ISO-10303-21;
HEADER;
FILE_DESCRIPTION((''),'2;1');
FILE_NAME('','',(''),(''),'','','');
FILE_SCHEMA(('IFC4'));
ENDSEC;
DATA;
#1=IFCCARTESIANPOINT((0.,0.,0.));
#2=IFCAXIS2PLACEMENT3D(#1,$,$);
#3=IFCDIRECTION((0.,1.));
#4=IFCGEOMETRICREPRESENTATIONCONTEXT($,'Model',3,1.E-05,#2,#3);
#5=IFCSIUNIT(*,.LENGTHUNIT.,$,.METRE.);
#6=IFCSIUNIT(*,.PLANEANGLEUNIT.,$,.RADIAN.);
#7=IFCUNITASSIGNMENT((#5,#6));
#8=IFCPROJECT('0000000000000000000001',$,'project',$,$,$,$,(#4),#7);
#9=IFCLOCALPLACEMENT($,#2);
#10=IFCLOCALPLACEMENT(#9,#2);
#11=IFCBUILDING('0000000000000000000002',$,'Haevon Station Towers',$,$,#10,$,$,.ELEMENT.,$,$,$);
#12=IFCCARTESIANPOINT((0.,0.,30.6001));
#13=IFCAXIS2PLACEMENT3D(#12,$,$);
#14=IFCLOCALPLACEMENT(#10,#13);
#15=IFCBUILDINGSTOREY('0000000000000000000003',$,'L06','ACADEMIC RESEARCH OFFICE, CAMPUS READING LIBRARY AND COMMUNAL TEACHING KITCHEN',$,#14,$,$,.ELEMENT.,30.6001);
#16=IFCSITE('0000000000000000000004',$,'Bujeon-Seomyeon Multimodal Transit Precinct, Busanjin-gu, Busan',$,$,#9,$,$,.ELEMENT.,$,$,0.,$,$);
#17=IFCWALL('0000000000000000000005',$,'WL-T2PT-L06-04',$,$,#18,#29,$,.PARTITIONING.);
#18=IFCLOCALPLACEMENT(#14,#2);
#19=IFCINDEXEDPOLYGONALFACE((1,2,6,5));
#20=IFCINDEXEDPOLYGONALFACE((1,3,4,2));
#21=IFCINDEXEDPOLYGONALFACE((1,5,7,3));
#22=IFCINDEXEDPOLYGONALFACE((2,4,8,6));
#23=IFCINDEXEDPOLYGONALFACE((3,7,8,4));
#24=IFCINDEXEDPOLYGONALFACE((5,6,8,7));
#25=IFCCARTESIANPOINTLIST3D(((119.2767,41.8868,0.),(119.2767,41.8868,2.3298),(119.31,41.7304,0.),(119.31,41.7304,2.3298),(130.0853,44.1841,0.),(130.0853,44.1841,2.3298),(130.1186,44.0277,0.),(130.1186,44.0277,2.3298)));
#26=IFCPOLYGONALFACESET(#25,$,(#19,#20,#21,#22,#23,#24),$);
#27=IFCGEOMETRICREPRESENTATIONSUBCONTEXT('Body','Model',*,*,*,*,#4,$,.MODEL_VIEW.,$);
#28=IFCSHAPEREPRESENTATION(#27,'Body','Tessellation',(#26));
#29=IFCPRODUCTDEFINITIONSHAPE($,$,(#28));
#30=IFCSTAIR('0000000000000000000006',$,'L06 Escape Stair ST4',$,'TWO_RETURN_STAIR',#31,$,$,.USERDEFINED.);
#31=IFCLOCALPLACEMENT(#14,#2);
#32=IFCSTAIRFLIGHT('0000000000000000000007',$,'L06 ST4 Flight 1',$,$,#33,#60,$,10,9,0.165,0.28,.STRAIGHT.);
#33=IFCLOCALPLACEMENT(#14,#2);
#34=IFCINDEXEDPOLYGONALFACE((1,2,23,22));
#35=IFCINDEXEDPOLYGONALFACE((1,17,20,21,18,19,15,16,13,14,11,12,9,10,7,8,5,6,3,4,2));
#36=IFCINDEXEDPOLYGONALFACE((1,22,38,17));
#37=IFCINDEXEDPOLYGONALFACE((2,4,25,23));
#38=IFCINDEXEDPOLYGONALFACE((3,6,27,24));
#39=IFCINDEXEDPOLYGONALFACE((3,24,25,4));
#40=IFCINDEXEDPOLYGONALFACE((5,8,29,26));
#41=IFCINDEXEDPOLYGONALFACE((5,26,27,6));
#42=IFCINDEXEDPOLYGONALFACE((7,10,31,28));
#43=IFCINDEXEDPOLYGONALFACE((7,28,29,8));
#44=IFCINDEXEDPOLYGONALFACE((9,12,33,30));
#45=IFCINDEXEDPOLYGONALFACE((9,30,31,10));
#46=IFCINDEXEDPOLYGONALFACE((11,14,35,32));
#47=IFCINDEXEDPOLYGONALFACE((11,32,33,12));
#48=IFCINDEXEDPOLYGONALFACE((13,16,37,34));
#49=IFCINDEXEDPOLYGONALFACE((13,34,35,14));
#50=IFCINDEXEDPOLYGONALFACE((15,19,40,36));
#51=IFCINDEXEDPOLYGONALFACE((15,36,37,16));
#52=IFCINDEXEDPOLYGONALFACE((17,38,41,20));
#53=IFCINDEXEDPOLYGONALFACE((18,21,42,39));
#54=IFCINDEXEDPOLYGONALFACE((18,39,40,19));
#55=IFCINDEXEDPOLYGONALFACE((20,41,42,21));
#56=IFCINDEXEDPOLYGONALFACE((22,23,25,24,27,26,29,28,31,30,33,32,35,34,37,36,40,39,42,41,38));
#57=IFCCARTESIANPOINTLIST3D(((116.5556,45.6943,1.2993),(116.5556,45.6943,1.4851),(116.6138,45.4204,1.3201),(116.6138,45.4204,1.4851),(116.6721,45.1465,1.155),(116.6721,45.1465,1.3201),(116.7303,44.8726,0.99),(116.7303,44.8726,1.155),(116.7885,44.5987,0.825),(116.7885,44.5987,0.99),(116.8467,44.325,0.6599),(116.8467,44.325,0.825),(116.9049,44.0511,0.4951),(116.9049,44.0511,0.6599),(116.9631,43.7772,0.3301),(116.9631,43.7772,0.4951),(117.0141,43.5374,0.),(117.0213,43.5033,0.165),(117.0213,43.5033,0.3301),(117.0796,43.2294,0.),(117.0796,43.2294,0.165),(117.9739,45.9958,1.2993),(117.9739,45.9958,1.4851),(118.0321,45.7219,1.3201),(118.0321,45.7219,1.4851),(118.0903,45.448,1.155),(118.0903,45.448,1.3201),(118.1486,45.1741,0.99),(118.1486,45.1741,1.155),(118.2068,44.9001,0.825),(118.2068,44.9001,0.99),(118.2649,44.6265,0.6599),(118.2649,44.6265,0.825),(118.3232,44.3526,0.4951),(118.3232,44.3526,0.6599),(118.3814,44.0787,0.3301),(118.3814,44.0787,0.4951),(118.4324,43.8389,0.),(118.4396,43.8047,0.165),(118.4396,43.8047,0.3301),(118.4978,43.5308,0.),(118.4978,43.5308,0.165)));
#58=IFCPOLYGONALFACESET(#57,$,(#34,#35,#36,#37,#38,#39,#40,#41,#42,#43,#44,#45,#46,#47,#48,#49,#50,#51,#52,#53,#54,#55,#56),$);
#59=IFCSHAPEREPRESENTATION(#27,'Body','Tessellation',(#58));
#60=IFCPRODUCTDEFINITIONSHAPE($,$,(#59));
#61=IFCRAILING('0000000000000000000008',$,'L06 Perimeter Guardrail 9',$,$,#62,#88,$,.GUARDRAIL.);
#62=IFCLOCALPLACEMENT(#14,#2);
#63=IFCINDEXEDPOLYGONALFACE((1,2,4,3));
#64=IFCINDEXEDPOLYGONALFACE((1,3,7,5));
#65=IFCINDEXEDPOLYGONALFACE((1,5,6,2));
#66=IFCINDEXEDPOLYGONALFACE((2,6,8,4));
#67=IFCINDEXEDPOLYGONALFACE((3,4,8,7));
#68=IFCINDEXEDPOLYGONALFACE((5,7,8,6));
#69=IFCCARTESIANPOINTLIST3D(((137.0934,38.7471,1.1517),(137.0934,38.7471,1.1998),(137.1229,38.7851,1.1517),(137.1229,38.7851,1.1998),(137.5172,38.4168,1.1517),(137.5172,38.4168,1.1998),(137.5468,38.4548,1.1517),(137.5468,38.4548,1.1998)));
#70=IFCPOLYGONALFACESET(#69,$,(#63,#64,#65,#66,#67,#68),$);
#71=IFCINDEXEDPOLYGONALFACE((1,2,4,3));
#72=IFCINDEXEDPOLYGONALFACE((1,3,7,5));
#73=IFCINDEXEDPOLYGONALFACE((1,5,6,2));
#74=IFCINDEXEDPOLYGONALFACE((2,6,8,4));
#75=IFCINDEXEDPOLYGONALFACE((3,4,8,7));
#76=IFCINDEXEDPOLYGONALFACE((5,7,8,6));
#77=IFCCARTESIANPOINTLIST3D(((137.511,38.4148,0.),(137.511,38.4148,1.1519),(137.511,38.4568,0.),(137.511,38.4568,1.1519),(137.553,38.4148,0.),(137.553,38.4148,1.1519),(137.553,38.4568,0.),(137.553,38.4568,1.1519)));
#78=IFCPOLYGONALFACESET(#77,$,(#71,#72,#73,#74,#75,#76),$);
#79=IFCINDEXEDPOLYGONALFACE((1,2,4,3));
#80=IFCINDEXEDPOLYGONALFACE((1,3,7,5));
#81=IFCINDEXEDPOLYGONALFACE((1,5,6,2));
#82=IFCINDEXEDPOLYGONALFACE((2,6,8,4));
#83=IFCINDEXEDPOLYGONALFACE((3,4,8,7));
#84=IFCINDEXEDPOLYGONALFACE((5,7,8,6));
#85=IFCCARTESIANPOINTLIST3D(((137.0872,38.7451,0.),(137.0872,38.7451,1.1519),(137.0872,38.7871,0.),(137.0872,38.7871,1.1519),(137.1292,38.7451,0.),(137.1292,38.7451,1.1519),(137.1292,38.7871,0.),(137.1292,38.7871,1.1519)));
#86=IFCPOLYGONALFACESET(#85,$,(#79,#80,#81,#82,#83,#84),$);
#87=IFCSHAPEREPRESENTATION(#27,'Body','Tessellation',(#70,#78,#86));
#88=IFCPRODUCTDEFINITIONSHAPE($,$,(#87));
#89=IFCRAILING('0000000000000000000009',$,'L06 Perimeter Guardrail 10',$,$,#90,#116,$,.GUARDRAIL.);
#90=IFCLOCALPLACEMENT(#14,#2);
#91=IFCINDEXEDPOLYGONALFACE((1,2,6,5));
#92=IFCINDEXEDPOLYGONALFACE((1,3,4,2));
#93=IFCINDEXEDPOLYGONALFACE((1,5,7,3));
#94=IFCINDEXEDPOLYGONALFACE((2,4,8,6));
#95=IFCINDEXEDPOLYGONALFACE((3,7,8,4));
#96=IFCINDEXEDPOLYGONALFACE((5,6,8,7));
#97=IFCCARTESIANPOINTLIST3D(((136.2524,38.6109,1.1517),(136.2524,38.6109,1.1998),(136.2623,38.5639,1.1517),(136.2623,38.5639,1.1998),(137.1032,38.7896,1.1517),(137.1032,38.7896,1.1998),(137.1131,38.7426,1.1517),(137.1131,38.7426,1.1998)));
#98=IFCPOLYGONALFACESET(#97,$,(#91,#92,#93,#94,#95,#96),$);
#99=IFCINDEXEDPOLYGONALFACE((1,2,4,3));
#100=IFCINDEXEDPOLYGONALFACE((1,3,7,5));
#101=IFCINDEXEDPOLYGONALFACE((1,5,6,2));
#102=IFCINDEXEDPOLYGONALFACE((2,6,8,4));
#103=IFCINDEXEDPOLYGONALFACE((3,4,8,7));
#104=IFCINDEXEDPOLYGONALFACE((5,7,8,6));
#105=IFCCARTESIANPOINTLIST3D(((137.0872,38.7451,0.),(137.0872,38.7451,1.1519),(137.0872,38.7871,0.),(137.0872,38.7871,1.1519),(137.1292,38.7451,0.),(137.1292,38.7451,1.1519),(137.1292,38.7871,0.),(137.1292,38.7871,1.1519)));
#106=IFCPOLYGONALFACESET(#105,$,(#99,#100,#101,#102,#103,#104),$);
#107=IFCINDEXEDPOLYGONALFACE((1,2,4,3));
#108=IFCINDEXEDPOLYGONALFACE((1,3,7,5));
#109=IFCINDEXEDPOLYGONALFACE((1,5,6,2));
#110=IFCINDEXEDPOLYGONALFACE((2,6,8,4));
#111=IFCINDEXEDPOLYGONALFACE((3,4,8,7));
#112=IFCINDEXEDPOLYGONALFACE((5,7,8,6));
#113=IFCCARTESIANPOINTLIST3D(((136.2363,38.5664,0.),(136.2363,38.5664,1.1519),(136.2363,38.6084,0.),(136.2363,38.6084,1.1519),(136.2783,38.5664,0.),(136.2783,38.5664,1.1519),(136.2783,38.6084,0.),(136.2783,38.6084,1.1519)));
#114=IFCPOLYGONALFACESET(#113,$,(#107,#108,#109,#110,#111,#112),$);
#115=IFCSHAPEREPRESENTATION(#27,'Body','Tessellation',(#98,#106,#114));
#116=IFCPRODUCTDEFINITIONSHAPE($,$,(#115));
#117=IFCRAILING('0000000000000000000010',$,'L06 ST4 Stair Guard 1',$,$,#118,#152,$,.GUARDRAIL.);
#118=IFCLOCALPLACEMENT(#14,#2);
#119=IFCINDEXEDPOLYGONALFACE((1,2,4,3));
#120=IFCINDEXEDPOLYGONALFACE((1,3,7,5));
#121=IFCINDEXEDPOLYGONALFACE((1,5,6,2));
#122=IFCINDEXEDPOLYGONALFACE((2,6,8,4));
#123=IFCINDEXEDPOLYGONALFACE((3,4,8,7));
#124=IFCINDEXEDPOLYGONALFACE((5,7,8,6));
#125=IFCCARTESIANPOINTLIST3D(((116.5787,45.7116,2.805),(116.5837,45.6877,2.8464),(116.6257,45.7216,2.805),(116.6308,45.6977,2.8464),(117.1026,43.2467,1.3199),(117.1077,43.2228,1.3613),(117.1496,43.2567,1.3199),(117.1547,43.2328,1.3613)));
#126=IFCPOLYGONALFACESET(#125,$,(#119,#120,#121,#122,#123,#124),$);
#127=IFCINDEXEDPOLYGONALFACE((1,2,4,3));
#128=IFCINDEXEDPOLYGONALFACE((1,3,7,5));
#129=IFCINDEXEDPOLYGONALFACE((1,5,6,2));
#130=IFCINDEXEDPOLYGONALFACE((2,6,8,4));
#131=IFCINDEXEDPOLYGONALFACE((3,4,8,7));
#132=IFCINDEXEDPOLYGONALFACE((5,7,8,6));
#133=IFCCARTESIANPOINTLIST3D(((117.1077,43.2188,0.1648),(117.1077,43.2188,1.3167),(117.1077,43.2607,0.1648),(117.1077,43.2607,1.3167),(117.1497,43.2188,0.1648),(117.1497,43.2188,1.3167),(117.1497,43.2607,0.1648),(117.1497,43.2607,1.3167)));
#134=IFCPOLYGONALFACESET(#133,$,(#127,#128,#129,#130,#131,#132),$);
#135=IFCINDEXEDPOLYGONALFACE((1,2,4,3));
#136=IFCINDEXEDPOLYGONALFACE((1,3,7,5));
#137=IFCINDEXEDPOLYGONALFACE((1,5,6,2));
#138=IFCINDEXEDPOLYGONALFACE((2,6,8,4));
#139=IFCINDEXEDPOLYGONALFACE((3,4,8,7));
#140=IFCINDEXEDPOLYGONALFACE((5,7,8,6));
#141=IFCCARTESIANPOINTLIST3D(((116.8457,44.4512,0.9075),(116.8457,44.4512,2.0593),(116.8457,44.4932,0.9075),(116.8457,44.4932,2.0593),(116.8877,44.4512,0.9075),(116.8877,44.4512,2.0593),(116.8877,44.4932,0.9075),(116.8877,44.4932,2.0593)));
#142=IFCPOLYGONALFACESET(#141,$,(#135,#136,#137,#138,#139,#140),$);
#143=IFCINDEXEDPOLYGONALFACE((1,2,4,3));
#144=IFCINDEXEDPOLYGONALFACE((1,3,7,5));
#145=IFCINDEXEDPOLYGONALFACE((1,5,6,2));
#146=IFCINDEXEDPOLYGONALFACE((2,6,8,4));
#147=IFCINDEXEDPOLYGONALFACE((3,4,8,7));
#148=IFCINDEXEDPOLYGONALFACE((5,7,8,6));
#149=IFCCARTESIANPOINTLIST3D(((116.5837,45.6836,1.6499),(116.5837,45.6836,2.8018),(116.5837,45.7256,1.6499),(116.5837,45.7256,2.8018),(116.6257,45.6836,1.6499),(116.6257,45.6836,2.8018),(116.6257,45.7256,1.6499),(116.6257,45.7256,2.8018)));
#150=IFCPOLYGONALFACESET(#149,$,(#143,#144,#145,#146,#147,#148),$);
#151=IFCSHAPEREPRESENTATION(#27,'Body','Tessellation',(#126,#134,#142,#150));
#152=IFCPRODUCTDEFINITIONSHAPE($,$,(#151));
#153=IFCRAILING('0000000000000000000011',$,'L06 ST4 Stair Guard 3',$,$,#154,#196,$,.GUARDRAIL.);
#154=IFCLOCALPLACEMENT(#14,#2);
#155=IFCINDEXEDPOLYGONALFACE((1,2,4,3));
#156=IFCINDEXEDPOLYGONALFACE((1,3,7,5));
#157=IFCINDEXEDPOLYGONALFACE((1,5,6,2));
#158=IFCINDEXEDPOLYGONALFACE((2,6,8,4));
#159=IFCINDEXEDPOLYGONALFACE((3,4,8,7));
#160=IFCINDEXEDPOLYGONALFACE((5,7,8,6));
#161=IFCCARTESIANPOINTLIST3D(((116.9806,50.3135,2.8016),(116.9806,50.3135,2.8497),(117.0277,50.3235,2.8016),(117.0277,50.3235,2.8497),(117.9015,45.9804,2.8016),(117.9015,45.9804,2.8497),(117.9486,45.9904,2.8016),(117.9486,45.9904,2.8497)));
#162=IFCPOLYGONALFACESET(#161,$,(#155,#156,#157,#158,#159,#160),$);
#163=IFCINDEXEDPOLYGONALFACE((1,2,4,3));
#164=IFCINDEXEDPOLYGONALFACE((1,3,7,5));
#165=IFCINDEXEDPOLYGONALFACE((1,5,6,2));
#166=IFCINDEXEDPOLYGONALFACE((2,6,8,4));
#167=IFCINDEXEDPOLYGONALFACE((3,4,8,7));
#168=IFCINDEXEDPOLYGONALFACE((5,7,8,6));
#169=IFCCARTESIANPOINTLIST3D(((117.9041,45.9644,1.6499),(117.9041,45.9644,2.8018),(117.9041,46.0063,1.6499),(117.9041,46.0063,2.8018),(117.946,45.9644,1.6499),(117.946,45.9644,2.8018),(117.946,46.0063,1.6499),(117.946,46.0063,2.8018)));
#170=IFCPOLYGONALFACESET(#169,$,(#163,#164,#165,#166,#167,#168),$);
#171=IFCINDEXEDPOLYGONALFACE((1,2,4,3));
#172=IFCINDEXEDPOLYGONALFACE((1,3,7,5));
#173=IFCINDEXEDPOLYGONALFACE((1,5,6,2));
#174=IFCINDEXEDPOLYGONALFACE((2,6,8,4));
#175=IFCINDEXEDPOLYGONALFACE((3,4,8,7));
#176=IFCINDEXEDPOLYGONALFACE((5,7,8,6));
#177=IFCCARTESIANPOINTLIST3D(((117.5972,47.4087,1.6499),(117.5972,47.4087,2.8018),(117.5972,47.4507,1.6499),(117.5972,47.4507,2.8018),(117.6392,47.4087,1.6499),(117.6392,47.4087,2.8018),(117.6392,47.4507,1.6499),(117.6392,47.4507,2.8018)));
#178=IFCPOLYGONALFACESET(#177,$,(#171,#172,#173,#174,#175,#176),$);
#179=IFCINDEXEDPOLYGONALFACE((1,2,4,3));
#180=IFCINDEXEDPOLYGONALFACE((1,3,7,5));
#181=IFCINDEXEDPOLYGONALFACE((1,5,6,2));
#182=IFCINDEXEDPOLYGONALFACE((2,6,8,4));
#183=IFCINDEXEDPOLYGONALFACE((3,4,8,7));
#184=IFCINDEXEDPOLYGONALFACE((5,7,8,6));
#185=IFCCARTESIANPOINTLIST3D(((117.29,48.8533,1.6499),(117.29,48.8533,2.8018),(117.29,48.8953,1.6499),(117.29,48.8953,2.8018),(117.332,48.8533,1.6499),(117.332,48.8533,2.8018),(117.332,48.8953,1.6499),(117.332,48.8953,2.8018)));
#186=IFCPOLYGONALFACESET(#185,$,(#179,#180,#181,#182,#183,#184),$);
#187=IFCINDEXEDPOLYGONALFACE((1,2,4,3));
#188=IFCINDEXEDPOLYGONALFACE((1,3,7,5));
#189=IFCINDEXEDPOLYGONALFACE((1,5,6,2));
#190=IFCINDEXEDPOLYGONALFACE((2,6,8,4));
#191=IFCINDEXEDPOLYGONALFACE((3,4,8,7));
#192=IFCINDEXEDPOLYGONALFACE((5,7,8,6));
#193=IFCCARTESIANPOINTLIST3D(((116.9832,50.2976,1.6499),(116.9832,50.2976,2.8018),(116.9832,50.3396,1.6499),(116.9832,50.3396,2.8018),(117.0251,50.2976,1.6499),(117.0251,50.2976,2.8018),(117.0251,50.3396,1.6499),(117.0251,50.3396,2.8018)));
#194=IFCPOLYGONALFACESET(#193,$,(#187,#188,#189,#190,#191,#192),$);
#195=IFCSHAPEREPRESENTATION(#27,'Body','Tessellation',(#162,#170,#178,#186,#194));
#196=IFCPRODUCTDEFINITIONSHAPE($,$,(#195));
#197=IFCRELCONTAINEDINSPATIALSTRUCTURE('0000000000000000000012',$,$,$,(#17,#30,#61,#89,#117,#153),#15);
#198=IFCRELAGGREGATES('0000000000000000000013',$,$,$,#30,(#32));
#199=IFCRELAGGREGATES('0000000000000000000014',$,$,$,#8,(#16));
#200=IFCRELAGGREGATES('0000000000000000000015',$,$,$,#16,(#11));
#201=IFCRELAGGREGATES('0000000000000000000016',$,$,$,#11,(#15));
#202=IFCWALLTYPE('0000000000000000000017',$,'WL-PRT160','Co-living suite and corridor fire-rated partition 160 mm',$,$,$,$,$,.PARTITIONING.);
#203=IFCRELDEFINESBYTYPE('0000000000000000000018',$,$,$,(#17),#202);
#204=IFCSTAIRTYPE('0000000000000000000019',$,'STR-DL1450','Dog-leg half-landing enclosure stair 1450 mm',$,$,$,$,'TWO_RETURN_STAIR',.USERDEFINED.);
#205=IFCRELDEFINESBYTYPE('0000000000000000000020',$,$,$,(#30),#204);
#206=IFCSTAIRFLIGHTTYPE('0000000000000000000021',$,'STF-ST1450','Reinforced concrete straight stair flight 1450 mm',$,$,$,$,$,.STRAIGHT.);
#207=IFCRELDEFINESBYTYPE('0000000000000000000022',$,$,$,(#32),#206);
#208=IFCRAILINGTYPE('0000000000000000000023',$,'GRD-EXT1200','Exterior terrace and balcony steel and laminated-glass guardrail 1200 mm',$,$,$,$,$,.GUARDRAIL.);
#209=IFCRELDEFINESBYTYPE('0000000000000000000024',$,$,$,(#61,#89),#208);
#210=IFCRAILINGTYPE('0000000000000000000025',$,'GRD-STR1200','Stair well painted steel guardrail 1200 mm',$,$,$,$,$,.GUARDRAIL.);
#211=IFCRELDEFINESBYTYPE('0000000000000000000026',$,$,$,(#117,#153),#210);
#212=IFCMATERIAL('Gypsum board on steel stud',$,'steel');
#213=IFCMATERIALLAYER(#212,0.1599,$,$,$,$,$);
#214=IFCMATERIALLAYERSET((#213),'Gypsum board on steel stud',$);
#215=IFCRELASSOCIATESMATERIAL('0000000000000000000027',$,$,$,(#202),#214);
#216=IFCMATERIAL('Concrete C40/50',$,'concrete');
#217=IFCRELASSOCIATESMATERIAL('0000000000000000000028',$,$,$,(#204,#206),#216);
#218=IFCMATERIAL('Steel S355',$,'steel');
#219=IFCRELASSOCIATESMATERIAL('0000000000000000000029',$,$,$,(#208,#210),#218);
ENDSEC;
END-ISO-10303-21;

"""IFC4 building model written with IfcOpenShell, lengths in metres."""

from ifc_helpers import new_model, si_unit, direction, frame, frame_2d, origin, origin_2d, place, context, subcontext, project, spatial, polyline, rectangle, outline, extrude, material, layer, layer_set, type_object, element, aggregate, save


model = new_model("IFC4")

# Units and contexts
model_context = context("Model", 3, precision=1e-05, world=origin(), true_north=direction((0.0, 1.0)))
body_context = subcontext(model_context, "Body", "Model", "MODEL_VIEW")
ifc_project = project(units=[si_unit("LENGTHUNIT", "METRE"), si_unit("PLANEANGLEUNIT", "RADIAN")], contexts=[model_context])

# Site, building, storey
site_placement = place(None, origin())
site = spatial("IfcSite", under=ifc_project, at=site_placement, Name="Bujeon-Seomyeon Multimodal Transit Precinct, Busanjin-gu, Busan", CompositionType="ELEMENT", RefElevation=0.0)
building_placement = place(site_placement, origin())
building = spatial("IfcBuilding", under=site, at=building_placement, Name="Haevon Station Towers", CompositionType="ELEMENT")
storey_placement = place(building_placement, frame((0.0, 0.0, 30.6001)))
storey = spatial("IfcBuildingStorey", under=building, at=storey_placement, Name="L06", Description="ACADEMIC RESEARCH OFFICE, CAMPUS READING LIBRARY AND COMMUNAL TEACHING KITCHEN", CompositionType="ELEMENT", Elevation=30.6001)

# Shared definitions
ifc_material_1 = material(Name="Steel S355", Category="steel")

# Wall
ifc_material_2 = material(Name="Gypsum board on steel stud", Category="steel")
ifc_layer_1 = layer(ifc_material_2, 0.1599)
ifc_layer_set_1 = layer_set([ifc_layer_1], Name="Gypsum board on steel stud")
wall_type_1 = type_object("IfcWallType", Name="WL-PRT160", Description="Co-living suite and corridor fire-rated partition 160 mm", PredefinedType="PARTITIONING", material=ifc_layer_set_1)
wall_1_placement = place(storey_placement, frame((119.2935, 41.8086, 0.0), z_axis=(0.0, 0.0, 1.0), x_axis=(0.978149, 0.207905, 0.0)))
element("IfcWall", 1, at=wall_1_placement, inside=storey, type_object=wall_type_1, Name="WL-T2PT-L06-04", PredefinedType="PARTITIONING", context=body_context, shape_type="SweptSolid", body=[
    extrude(rectangle(XDim=11.05, YDim=0.1599, at=frame_2d((5.5249, 0.0))), origin(), (0.0, 0.0, 1.0), 2.3298),
])

# Stair, stair flight
ifc_material_3 = material(Name="Concrete C40/50", Category="concrete")
stair_type = type_object("IfcStairType", Name="STR-DL1450", Description="Dog-leg half-landing enclosure stair 1450 mm", ElementType="TWO_RETURN_STAIR", PredefinedType="USERDEFINED", material=ifc_material_3)
stair_placement = place(storey_placement, origin())
stair = element("IfcStair", 2, at=stair_placement, inside=storey, type_object=stair_type, Name="L06 Escape Stair ST4", ObjectType="TWO_RETURN_STAIR", PredefinedType="USERDEFINED")
stair_flight_type = type_object("IfcStairFlightType", Name="STF-ST1450", Description="Reinforced concrete straight stair flight 1450 mm", PredefinedType="STRAIGHT", material=ifc_material_3)
stair_flight_placement = place(storey_placement, frame((117.7888, 43.3801, 0.0), z_axis=(0.0, 0.0, 1.0), x_axis=(-0.207912, 0.978148, 0.0)))
stair_flight = element("IfcStairFlight", 3, at=stair_flight_placement, type_object=stair_flight_type, Name="L06 ST4 Flight 1", NumberOfRisers=10, NumberOfTreads=9, PredefinedType="STRAIGHT", RiserHeight=0.165, TreadLength=0.28, context=body_context, shape_type="SweptSolid", body=[
    extrude(outline(polyline([(0.0, 0.0), (0.0, 0.165), (0.28, 0.165), (0.28, 0.3301), (0.5601, 0.3301), (0.5601, 0.4951), (0.8401, 0.4951), (0.8401, 0.6599), (1.1201, 0.6599), (1.1201, 0.825), (1.3999, 0.825), (1.3999, 0.99), (1.6799, 0.99), (1.6799, 1.155), (1.96, 1.155), (1.96, 1.3201), (2.24, 1.3201), (2.24, 1.4851), (2.52, 1.4851), (2.52, 1.6499), (2.52, 1.2993), (0.3149, 0.0), (0.0, 0.0)])), frame((0.0, 0.7251, 0.0), z_axis=(0.0, -1.0, 0.0), x_axis=(1.0, 0.0, 0.0)), (0.0, 0.0, 1.0), 1.45),
])
aggregate(stair, [stair_flight])

# Railings
railing_type_1 = type_object("IfcRailingType", Name="GRD-EXT1200", Description="Exterior terrace and balcony steel and laminated-glass guardrail 1200 mm", PredefinedType="GUARDRAIL", material=ifc_material_1)
railing_1_placement = place(storey_placement, frame((137.532, 38.4358, 0.0)))
element("IfcRailing", 4, at=railing_1_placement, inside=storey, type_object=railing_type_1, Name="L06 Perimeter Guardrail 9", PredefinedType="GUARDRAIL", context=body_context, shape_type="SweptSolid", body=[
    extrude(rectangle(XDim=0.0481, YDim=0.0481, at=origin_2d()), frame((0.0, 0.0, 1.1758), z_axis=(-0.78874, 0.614727, 0.0), x_axis=(-0.614727, -0.78874, 0.0)), (0.0, 0.0, 1.0), 0.5374),
    extrude(rectangle(XDim=0.042, YDim=0.042, at=origin_2d()), origin(), (0.0, 0.0, 1.0), 1.1519),
    extrude(rectangle(XDim=0.042, YDim=0.042, at=origin_2d()), frame((-0.4238, 0.3303, 0.0)), (0.0, 0.0, 1.0), 1.1519),
])
railing_2_placement = place(storey_placement, frame((137.1082, 38.7661, 0.0)))
element("IfcRailing", 5, at=railing_2_placement, inside=storey, type_object=railing_type_1, Name="L06 Perimeter Guardrail 10", PredefinedType="GUARDRAIL", context=body_context, shape_type="SweptSolid", body=[
    extrude(rectangle(XDim=0.0481, YDim=0.0481, at=origin_2d()), frame((0.0, 0.0, 1.1758), z_axis=(-0.978645, -0.205558, 0.0), x_axis=(0.205558, -0.978645, 0.0)), (0.0, 0.0, 1.0), 0.8694),
    extrude(rectangle(XDim=0.042, YDim=0.042, at=origin_2d()), origin(), (0.0, 0.0, 1.0), 1.1519),
    extrude(rectangle(XDim=0.042, YDim=0.042, at=origin_2d()), frame((-0.8508, -0.1787, 0.0)), (0.0, 0.0, 1.0), 1.1519),
])
railing_type_2 = type_object("IfcRailingType", Name="GRD-STR1200", Description="Stair well painted steel guardrail 1200 mm", PredefinedType="GUARDRAIL", material=ifc_material_1)
railing_3_placement = place(storey_placement, frame((117.1287, 43.2397, 0.1648)))
element("IfcRailing", 6, at=railing_3_placement, inside=storey, type_object=railing_type_2, Name="L06 ST4 Stair Guard 1", PredefinedType="GUARDRAIL", context=body_context, shape_type="SweptSolid", body=[
    extrude(rectangle(XDim=0.0481, YDim=0.0481, at=origin_2d()), frame((0.0, 0.0, 1.1758), z_axis=(-0.179121, 0.842688, 0.507733), x_axis=(-0.978147, -0.207914, 0.0)), (0.0, 0.0, 1.0), 2.925),
    extrude(rectangle(XDim=0.042, YDim=0.042, at=origin_2d()), origin(), (0.0, 0.0, 1.0), 1.1519),
    extrude(rectangle(XDim=0.042, YDim=0.042, at=origin_2d()), frame((-0.262, 1.2324, 0.7427)), (0.0, 0.0, 1.0), 1.1519),
    extrude(rectangle(XDim=0.042, YDim=0.042, at=origin_2d()), frame((-0.5239, 2.4648, 1.4851)), (0.0, 0.0, 1.0), 1.1519),
])
railing_4_placement = place(storey_placement, frame((117.925, 45.9854, 1.6499)))
element("IfcRailing", 7, at=railing_4_placement, inside=storey, type_object=railing_type_2, Name="L06 ST4 Stair Guard 3", PredefinedType="GUARDRAIL", context=body_context, shape_type="SweptSolid", body=[
    extrude(rectangle(XDim=0.0481, YDim=0.0481, at=origin_2d()), frame((0.0, 0.0, 1.1758), z_axis=(-0.207877, 0.978155, 0.0), x_axis=(-0.978155, -0.207877, 0.0)), (0.0, 0.0, 1.0), 4.4299),
    extrude(rectangle(XDim=0.042, YDim=0.042, at=origin_2d()), origin(), (0.0, 0.0, 1.0), 1.1519),
    extrude(rectangle(XDim=0.042, YDim=0.042, at=origin_2d()), frame((-0.3069, 1.4443, 0.0)), (0.0, 0.0, 1.0), 1.1519),
    extrude(rectangle(XDim=0.042, YDim=0.042, at=origin_2d()), frame((-0.614, 2.8889, 0.0)), (0.0, 0.0, 1.0), 1.1519),
    extrude(rectangle(XDim=0.042, YDim=0.042, at=origin_2d()), frame((-0.9209, 4.3333, 0.0)), (0.0, 0.0, 1.0), 1.1519),
])

save(model, "model.ifc")
